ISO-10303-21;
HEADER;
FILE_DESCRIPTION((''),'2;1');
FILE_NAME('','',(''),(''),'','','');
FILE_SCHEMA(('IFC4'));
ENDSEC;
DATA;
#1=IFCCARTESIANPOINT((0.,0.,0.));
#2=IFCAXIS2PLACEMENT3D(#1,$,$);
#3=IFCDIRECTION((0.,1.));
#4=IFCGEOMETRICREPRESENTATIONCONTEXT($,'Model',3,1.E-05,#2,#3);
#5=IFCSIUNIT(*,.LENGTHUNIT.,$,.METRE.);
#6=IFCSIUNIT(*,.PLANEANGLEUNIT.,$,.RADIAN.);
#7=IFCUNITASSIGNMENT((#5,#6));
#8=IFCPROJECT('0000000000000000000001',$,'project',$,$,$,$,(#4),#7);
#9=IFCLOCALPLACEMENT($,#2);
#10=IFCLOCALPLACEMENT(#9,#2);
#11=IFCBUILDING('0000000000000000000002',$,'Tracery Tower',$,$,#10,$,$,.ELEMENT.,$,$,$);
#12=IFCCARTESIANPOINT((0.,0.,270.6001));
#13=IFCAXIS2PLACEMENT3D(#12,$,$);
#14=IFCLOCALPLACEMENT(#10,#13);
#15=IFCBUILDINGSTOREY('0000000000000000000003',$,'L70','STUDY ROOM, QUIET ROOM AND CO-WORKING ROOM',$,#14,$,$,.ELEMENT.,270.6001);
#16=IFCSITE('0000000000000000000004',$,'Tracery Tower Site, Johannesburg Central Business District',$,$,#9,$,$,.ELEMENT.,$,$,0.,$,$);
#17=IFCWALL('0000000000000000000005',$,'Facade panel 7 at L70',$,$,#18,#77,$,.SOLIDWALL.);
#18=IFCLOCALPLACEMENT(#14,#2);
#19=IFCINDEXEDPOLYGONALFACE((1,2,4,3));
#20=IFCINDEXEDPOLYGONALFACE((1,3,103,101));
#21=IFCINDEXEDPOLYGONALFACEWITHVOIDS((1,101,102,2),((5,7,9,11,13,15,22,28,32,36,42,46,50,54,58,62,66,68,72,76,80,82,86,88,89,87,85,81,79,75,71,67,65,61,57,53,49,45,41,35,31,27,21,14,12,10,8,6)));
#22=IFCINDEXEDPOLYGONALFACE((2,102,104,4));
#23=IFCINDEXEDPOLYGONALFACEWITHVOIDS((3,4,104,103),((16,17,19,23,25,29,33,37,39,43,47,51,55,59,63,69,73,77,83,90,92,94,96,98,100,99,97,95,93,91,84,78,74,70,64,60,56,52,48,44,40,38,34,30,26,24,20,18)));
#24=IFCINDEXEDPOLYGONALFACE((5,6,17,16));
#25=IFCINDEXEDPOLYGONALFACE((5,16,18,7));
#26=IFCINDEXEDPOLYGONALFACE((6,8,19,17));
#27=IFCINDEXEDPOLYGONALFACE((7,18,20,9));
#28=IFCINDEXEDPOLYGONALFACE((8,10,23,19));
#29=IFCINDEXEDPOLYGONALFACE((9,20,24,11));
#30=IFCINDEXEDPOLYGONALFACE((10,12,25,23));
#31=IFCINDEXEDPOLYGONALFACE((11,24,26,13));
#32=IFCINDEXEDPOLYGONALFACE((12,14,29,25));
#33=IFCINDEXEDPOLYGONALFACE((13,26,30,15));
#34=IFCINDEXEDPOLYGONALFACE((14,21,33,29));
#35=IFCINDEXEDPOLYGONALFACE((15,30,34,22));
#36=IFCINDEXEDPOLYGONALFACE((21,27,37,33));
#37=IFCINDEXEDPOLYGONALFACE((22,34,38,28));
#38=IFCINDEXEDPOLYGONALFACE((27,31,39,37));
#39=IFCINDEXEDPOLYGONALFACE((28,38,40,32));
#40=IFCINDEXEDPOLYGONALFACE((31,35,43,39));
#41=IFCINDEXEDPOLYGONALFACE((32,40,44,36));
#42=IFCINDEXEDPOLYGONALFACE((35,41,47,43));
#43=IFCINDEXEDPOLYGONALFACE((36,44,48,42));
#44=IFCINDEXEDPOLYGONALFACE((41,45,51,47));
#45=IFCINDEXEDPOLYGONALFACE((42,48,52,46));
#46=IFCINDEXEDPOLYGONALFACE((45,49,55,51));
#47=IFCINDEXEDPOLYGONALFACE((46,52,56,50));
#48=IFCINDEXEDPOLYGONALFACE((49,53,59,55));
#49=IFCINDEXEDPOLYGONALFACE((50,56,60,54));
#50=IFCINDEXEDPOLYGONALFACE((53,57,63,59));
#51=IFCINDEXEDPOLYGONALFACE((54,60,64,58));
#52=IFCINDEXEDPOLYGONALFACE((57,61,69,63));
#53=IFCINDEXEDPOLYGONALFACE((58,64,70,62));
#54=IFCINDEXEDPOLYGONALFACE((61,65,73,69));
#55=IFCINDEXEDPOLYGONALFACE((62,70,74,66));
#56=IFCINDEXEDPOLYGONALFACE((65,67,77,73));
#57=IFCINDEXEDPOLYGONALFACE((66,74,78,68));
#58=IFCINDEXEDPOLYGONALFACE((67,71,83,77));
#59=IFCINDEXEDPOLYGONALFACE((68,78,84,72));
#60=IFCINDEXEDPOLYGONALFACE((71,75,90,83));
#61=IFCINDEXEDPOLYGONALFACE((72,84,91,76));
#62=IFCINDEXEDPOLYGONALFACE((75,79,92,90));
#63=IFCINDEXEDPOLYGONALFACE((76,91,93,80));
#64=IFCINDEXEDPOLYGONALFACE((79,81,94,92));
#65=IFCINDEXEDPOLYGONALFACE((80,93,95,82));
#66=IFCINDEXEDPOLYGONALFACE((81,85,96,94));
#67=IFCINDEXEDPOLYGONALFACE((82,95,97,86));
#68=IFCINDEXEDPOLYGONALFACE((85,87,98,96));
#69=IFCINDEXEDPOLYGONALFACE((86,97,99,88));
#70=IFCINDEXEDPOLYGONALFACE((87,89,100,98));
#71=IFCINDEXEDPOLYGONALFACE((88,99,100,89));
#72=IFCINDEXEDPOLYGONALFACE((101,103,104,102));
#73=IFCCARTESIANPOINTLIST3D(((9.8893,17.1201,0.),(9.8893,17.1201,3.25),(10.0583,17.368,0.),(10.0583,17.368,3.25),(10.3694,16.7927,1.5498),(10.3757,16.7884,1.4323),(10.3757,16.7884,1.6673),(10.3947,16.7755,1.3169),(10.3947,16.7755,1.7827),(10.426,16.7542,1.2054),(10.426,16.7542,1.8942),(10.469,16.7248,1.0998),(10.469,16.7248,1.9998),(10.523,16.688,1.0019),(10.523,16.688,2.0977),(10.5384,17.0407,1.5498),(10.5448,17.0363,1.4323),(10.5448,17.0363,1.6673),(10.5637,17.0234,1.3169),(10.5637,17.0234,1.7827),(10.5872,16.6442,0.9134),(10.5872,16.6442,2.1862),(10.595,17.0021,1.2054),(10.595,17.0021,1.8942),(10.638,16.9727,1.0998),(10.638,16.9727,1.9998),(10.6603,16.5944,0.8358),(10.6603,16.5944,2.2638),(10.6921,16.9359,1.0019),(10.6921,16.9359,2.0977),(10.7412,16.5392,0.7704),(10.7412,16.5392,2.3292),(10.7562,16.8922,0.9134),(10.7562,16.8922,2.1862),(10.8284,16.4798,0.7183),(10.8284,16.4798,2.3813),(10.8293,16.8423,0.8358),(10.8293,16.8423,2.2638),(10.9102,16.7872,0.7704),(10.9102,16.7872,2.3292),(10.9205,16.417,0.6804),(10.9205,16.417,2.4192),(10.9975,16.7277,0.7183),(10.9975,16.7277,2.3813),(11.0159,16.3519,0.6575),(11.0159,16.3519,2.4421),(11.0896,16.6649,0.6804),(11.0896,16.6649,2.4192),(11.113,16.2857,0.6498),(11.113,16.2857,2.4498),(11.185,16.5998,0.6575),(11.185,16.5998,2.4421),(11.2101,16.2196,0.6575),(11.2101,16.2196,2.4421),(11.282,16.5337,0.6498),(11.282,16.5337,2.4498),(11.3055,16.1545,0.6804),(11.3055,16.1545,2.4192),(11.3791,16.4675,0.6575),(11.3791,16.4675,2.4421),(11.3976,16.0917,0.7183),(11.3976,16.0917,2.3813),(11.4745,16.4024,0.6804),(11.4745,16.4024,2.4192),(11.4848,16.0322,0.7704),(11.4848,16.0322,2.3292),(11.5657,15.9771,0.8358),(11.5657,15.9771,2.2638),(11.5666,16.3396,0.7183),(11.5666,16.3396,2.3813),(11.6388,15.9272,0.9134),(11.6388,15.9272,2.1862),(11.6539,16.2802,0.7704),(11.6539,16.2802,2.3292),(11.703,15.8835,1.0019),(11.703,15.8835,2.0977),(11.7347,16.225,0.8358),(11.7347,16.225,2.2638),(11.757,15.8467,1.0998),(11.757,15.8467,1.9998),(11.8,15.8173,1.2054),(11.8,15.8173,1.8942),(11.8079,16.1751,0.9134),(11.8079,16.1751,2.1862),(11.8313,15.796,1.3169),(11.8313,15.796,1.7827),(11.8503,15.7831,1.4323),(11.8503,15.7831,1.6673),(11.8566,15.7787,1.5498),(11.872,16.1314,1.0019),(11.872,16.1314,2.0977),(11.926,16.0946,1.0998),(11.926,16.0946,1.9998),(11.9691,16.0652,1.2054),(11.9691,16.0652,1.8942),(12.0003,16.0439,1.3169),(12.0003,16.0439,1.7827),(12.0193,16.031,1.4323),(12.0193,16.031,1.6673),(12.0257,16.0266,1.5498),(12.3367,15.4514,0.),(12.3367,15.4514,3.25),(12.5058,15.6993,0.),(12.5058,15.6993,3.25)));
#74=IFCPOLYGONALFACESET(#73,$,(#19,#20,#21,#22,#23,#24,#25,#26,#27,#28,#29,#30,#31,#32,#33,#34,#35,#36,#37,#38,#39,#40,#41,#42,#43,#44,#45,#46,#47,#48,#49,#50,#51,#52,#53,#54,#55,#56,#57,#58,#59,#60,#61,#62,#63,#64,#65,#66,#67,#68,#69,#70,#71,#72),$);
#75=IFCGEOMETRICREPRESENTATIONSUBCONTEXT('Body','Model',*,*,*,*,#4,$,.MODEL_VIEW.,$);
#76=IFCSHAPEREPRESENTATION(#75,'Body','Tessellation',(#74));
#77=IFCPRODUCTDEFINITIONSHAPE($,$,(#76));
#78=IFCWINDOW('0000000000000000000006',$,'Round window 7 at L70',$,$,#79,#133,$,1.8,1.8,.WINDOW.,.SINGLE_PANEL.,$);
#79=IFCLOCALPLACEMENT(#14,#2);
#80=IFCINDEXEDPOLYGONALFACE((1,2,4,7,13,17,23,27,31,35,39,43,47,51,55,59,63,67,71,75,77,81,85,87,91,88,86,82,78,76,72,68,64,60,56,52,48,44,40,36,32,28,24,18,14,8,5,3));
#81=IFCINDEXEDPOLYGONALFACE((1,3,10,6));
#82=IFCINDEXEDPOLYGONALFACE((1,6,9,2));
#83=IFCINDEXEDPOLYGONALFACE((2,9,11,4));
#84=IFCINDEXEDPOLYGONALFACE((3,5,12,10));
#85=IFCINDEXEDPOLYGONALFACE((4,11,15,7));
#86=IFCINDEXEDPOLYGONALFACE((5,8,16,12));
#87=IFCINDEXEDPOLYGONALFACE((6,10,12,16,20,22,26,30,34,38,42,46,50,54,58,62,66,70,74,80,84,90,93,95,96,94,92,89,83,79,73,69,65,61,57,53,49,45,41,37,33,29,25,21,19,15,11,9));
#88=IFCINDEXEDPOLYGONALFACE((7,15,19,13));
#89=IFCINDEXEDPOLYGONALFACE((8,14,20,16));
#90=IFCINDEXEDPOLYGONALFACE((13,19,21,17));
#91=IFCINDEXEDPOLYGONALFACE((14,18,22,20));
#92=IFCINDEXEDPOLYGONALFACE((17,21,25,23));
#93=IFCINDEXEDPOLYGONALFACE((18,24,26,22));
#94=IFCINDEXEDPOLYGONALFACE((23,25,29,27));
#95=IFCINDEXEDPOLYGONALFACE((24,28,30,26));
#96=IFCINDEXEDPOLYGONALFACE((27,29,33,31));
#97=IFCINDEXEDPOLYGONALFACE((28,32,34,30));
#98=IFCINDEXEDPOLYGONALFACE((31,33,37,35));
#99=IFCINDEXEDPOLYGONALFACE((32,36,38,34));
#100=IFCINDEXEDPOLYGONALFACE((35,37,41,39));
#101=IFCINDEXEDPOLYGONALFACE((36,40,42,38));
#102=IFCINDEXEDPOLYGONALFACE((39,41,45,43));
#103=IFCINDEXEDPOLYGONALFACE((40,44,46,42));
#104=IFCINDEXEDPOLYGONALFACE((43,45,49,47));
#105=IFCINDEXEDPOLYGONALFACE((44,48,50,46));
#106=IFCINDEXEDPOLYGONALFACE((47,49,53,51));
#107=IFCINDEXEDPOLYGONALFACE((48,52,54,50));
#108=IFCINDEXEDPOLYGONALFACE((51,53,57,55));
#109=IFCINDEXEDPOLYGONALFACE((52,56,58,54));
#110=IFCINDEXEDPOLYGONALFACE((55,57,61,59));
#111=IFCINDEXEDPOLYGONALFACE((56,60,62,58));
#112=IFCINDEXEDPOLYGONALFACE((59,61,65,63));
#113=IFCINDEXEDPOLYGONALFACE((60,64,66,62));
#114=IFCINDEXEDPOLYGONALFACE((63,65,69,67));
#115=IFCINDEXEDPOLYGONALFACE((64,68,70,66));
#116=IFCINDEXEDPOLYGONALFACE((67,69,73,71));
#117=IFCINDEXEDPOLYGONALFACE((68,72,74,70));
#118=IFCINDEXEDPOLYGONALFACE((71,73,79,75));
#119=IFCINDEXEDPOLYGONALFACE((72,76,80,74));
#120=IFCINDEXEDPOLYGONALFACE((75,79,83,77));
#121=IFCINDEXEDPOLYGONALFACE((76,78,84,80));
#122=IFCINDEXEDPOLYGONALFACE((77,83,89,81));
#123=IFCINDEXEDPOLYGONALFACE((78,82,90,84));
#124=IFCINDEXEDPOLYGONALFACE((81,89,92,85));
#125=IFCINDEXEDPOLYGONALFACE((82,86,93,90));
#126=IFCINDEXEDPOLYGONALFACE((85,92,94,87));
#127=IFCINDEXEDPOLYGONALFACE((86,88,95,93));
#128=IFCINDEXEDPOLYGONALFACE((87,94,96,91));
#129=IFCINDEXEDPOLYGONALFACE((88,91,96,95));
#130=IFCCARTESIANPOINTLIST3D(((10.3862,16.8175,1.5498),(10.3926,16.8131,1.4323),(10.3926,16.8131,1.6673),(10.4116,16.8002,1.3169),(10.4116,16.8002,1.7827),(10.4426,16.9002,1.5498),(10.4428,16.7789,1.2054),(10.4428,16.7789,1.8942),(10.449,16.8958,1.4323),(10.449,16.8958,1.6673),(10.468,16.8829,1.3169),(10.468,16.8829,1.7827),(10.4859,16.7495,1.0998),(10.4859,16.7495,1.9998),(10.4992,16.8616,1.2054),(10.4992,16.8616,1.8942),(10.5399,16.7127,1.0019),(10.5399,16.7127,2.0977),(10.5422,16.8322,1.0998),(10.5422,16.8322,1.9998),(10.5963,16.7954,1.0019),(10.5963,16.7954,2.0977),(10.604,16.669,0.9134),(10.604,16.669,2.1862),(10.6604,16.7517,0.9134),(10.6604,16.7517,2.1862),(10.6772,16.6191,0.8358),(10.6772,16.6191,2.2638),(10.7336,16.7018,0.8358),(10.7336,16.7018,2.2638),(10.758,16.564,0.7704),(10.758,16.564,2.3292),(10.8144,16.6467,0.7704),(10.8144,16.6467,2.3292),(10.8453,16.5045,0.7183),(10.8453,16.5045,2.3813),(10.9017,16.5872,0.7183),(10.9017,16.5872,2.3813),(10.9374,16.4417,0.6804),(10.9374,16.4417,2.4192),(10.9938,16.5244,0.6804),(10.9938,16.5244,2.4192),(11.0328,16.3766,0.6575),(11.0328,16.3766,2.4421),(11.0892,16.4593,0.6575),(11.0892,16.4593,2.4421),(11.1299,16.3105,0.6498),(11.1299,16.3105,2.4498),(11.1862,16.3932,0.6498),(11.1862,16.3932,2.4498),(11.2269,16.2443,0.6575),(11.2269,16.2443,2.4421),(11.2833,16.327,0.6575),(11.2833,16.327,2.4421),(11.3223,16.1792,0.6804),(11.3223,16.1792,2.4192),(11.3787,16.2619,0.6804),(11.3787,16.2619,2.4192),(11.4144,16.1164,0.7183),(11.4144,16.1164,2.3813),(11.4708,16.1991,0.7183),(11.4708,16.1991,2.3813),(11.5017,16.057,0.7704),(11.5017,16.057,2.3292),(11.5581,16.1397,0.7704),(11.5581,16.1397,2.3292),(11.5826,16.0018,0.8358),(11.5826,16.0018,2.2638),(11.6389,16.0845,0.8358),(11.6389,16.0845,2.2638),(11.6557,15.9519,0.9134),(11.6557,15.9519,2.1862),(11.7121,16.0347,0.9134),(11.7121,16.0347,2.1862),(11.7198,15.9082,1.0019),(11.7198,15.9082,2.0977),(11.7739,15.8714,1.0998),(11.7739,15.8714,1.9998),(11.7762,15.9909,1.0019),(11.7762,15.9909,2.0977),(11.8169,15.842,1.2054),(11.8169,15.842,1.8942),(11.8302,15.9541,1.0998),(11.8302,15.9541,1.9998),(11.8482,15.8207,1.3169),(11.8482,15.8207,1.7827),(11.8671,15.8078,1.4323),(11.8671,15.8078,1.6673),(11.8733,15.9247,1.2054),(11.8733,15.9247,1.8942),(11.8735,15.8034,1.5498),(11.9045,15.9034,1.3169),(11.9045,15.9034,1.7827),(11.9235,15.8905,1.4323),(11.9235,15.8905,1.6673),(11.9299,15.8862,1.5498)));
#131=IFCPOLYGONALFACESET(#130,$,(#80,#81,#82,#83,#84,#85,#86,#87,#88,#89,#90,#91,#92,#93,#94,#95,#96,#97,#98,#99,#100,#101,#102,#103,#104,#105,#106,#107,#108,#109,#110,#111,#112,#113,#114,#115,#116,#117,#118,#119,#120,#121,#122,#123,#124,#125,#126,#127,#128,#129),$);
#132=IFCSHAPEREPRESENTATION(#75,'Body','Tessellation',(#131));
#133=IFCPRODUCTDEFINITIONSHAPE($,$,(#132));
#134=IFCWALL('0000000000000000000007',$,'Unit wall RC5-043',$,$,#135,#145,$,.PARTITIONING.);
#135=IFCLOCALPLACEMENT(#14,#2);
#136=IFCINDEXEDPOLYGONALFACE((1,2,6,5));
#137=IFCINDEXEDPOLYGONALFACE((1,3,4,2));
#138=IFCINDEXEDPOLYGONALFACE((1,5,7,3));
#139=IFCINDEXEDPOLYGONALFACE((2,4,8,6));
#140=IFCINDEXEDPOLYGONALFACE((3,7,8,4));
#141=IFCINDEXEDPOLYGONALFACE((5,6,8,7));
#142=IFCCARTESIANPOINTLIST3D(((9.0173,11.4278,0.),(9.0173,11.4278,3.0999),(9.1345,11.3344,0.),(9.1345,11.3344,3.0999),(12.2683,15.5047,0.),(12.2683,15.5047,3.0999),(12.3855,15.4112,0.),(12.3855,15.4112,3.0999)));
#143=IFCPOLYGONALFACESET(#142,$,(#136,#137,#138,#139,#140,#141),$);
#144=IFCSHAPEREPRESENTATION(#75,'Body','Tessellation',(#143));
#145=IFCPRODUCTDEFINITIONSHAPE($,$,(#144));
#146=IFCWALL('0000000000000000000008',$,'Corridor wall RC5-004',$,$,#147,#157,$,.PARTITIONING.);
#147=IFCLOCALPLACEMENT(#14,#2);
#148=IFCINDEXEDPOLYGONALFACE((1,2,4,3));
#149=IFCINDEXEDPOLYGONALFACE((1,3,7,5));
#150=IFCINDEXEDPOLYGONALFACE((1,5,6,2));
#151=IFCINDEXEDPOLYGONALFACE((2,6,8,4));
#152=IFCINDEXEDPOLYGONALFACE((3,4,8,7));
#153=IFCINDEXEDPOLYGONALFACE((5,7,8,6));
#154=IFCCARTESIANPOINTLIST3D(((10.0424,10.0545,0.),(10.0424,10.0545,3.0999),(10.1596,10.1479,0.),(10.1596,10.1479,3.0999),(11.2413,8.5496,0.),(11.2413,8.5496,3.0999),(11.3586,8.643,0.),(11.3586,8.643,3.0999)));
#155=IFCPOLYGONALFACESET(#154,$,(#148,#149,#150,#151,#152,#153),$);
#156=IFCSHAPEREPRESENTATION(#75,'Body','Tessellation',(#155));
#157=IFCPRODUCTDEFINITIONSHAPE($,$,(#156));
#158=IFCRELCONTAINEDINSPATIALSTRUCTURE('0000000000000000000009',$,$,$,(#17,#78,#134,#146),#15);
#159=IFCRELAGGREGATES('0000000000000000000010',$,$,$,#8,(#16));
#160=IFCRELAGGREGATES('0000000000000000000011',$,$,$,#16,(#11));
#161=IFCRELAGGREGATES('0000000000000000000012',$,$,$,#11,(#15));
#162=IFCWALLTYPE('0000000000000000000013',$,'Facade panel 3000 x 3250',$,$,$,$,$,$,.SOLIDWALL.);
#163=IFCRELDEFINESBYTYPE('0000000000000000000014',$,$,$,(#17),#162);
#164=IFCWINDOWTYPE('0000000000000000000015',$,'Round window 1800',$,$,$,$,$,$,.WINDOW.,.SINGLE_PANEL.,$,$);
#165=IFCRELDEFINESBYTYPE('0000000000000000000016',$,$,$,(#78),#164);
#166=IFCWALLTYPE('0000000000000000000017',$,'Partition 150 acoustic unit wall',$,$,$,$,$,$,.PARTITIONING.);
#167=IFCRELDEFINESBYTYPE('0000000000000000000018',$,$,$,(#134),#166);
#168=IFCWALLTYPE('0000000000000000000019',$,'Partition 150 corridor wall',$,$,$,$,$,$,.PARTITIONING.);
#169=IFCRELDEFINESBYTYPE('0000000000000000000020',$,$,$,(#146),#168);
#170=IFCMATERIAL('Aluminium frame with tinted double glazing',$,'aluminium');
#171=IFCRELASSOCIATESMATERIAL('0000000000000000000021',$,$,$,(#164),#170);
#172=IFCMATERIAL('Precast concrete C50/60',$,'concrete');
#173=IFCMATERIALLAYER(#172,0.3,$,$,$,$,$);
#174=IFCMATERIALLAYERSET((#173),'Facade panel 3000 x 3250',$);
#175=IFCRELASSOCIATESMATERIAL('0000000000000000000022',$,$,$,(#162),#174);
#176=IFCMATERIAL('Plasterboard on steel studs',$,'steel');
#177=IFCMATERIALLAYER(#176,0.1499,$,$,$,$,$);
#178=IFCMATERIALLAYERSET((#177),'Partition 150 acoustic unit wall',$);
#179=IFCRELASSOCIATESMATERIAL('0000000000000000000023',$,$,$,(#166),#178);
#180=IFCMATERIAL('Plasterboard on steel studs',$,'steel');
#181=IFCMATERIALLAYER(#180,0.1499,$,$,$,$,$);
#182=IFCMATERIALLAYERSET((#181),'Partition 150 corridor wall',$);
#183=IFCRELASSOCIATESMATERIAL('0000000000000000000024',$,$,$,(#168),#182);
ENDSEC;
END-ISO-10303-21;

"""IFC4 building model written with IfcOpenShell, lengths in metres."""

from ifc_helpers import new_model, si_unit, direction, frame, frame_2d, origin, origin_2d, place, context, subcontext, project, spatial, rectangle, circle, extrude, material, layer, layer_set, type_object, element, fill, save


model = new_model("IFC4")

# Units and contexts
model_context = context("Model", 3, precision=1e-05, world=origin(), true_north=direction((0.0, 1.0)))
body_context = subcontext(model_context, "Body", "Model", "MODEL_VIEW")
ifc_project = project(units=[si_unit("LENGTHUNIT", "METRE"), si_unit("PLANEANGLEUNIT", "RADIAN")], contexts=[model_context])

# Site, building, storey
site_placement = place(None, origin())
site = spatial("IfcSite", under=ifc_project, at=site_placement, Name="Tracery Tower Site, Johannesburg Central Business District", CompositionType="ELEMENT", RefElevation=0.0)
building_placement = place(site_placement, origin())
building = spatial("IfcBuilding", under=site, at=building_placement, Name="Tracery Tower", CompositionType="ELEMENT")
storey_placement = place(building_placement, frame((0.0, 0.0, 270.6001)))
storey = spatial("IfcBuildingStorey", under=building, at=storey_placement, Name="L70", Description="STUDY ROOM, QUIET ROOM AND CO-WORKING ROOM", CompositionType="ELEMENT", Elevation=270.6001)

# Wall, opening, window
ifc_material_1 = material(Name="Aluminium frame with tinted double glazing", Category="aluminium")
window_type = type_object("IfcWindowType", Name="Round window 1800", PartitioningType="SINGLE_PANEL", PredefinedType="WINDOW", material=ifc_material_1)
ifc_material_2 = material(Name="Precast concrete C50/60", Category="concrete")
ifc_layer_1 = layer(ifc_material_2, 0.3)
ifc_layer_set_1 = layer_set([ifc_layer_1], Name="Facade panel 3000 x 3250")
wall_type_1 = type_object("IfcWallType", Name="Facade panel 3000 x 3250", PredefinedType="SOLIDWALL", material=ifc_layer_set_1)
wall_1_placement = place(storey_placement, frame((12.4211, 15.5754, 0.0), z_axis=(0.0, 0.0, 1.0), x_axis=(-0.826236, 0.563324, 0.0)))
wall_1 = element("IfcWall", 1, at=wall_1_placement, inside=storey, type_object=wall_type_1, Name="Facade panel 7 at L70", PredefinedType="SOLIDWALL", context=body_context, shape_type="SweptSolid", body=[
    extrude(rectangle(XDim=2.9622, YDim=0.3, at=frame_2d((1.481, 0.0))), origin(), (0.0, 0.0, 1.0), 3.25),
])
opening_1_placement = place(wall_1_placement, frame((1.481, 0.0, 1.5498)))
opening_1 = element("IfcOpeningElement", 2, at=opening_1_placement, cuts=wall_1, PredefinedType="OPENING", context=body_context, shape_type="SweptSolid", body=[
    extrude(circle(Radius=0.9, at=origin_2d()), frame((0.0, 0.1599, 0.0), z_axis=(0.0, -1.0, 0.0), x_axis=(1.0, 0.0, 0.0)), (0.0, 0.0, 1.0), 0.3201),
])
window_1_placement = place(opening_1_placement, origin())
window_1 = element("IfcWindow", 3, at=window_1_placement, inside=storey, type_object=window_type, Name="Round window 7 at L70", OverallHeight=1.8, OverallWidth=1.8, PartitioningType="SINGLE_PANEL", PredefinedType="WINDOW", context=body_context, shape_type="SweptSolid", body=[
    extrude(circle(Radius=0.9, at=origin_2d()), frame((0.0, 0.1201, 0.0), z_axis=(0.0, -1.0, 0.0), x_axis=(1.0, 0.0, 0.0)), (0.0, 0.0, 1.0), 0.1001),
])
fill(opening_1, window_1)

# Walls
ifc_material_3 = material(Name="Plasterboard on steel studs", Category="steel")
ifc_layer_2 = layer(ifc_material_3, 0.1499)
ifc_layer_set_2 = layer_set([ifc_layer_2], Name="Partition 150 acoustic unit wall")
wall_type_2 = type_object("IfcWallType", Name="Partition 150 acoustic unit wall", PredefinedType="PARTITIONING", material=ifc_layer_set_2)
wall_2_placement = place(storey_placement, frame((9.0759, 11.3811, 0.0), z_axis=(0.0, 0.0, 1.0), x_axis=(0.623461, 0.781854, 0.0)))
element("IfcWall", 4, at=wall_2_placement, inside=storey, type_object=wall_type_2, Name="Unit wall RC5-043", PredefinedType="PARTITIONING", context=body_context, shape_type="SweptSolid", body=[
    extrude(rectangle(XDim=5.2144, YDim=0.1499, at=frame_2d((2.6072, 0.0))), origin(), (0.0, 0.0, 1.0), 3.0999),
])
ifc_material_4 = material(Name="Plasterboard on steel studs", Category="steel")
ifc_layer_3 = layer(ifc_material_4, 0.1499)
ifc_layer_set_3 = layer_set([ifc_layer_3], Name="Partition 150 corridor wall")
wall_type_3 = type_object("IfcWallType", Name="Partition 150 corridor wall", PredefinedType="PARTITIONING", material=ifc_layer_set_3)
wall_3_placement = place(storey_placement, frame((10.1011, 10.1011, 0.0), z_axis=(0.0, 0.0, 1.0), x_axis=(0.623131, -0.782118, 0.0)))
element("IfcWall", 5, at=wall_3_placement, inside=storey, type_object=wall_type_3, Name="Corridor wall RC5-004", PredefinedType="PARTITIONING", context=body_context, shape_type="SweptSolid", body=[
    extrude(rectangle(XDim=1.9241, YDim=0.1499, at=frame_2d((0.9619, 0.0))), origin(), (0.0, 0.0, 1.0), 3.0999),
])

save(model, "model.ifc")
